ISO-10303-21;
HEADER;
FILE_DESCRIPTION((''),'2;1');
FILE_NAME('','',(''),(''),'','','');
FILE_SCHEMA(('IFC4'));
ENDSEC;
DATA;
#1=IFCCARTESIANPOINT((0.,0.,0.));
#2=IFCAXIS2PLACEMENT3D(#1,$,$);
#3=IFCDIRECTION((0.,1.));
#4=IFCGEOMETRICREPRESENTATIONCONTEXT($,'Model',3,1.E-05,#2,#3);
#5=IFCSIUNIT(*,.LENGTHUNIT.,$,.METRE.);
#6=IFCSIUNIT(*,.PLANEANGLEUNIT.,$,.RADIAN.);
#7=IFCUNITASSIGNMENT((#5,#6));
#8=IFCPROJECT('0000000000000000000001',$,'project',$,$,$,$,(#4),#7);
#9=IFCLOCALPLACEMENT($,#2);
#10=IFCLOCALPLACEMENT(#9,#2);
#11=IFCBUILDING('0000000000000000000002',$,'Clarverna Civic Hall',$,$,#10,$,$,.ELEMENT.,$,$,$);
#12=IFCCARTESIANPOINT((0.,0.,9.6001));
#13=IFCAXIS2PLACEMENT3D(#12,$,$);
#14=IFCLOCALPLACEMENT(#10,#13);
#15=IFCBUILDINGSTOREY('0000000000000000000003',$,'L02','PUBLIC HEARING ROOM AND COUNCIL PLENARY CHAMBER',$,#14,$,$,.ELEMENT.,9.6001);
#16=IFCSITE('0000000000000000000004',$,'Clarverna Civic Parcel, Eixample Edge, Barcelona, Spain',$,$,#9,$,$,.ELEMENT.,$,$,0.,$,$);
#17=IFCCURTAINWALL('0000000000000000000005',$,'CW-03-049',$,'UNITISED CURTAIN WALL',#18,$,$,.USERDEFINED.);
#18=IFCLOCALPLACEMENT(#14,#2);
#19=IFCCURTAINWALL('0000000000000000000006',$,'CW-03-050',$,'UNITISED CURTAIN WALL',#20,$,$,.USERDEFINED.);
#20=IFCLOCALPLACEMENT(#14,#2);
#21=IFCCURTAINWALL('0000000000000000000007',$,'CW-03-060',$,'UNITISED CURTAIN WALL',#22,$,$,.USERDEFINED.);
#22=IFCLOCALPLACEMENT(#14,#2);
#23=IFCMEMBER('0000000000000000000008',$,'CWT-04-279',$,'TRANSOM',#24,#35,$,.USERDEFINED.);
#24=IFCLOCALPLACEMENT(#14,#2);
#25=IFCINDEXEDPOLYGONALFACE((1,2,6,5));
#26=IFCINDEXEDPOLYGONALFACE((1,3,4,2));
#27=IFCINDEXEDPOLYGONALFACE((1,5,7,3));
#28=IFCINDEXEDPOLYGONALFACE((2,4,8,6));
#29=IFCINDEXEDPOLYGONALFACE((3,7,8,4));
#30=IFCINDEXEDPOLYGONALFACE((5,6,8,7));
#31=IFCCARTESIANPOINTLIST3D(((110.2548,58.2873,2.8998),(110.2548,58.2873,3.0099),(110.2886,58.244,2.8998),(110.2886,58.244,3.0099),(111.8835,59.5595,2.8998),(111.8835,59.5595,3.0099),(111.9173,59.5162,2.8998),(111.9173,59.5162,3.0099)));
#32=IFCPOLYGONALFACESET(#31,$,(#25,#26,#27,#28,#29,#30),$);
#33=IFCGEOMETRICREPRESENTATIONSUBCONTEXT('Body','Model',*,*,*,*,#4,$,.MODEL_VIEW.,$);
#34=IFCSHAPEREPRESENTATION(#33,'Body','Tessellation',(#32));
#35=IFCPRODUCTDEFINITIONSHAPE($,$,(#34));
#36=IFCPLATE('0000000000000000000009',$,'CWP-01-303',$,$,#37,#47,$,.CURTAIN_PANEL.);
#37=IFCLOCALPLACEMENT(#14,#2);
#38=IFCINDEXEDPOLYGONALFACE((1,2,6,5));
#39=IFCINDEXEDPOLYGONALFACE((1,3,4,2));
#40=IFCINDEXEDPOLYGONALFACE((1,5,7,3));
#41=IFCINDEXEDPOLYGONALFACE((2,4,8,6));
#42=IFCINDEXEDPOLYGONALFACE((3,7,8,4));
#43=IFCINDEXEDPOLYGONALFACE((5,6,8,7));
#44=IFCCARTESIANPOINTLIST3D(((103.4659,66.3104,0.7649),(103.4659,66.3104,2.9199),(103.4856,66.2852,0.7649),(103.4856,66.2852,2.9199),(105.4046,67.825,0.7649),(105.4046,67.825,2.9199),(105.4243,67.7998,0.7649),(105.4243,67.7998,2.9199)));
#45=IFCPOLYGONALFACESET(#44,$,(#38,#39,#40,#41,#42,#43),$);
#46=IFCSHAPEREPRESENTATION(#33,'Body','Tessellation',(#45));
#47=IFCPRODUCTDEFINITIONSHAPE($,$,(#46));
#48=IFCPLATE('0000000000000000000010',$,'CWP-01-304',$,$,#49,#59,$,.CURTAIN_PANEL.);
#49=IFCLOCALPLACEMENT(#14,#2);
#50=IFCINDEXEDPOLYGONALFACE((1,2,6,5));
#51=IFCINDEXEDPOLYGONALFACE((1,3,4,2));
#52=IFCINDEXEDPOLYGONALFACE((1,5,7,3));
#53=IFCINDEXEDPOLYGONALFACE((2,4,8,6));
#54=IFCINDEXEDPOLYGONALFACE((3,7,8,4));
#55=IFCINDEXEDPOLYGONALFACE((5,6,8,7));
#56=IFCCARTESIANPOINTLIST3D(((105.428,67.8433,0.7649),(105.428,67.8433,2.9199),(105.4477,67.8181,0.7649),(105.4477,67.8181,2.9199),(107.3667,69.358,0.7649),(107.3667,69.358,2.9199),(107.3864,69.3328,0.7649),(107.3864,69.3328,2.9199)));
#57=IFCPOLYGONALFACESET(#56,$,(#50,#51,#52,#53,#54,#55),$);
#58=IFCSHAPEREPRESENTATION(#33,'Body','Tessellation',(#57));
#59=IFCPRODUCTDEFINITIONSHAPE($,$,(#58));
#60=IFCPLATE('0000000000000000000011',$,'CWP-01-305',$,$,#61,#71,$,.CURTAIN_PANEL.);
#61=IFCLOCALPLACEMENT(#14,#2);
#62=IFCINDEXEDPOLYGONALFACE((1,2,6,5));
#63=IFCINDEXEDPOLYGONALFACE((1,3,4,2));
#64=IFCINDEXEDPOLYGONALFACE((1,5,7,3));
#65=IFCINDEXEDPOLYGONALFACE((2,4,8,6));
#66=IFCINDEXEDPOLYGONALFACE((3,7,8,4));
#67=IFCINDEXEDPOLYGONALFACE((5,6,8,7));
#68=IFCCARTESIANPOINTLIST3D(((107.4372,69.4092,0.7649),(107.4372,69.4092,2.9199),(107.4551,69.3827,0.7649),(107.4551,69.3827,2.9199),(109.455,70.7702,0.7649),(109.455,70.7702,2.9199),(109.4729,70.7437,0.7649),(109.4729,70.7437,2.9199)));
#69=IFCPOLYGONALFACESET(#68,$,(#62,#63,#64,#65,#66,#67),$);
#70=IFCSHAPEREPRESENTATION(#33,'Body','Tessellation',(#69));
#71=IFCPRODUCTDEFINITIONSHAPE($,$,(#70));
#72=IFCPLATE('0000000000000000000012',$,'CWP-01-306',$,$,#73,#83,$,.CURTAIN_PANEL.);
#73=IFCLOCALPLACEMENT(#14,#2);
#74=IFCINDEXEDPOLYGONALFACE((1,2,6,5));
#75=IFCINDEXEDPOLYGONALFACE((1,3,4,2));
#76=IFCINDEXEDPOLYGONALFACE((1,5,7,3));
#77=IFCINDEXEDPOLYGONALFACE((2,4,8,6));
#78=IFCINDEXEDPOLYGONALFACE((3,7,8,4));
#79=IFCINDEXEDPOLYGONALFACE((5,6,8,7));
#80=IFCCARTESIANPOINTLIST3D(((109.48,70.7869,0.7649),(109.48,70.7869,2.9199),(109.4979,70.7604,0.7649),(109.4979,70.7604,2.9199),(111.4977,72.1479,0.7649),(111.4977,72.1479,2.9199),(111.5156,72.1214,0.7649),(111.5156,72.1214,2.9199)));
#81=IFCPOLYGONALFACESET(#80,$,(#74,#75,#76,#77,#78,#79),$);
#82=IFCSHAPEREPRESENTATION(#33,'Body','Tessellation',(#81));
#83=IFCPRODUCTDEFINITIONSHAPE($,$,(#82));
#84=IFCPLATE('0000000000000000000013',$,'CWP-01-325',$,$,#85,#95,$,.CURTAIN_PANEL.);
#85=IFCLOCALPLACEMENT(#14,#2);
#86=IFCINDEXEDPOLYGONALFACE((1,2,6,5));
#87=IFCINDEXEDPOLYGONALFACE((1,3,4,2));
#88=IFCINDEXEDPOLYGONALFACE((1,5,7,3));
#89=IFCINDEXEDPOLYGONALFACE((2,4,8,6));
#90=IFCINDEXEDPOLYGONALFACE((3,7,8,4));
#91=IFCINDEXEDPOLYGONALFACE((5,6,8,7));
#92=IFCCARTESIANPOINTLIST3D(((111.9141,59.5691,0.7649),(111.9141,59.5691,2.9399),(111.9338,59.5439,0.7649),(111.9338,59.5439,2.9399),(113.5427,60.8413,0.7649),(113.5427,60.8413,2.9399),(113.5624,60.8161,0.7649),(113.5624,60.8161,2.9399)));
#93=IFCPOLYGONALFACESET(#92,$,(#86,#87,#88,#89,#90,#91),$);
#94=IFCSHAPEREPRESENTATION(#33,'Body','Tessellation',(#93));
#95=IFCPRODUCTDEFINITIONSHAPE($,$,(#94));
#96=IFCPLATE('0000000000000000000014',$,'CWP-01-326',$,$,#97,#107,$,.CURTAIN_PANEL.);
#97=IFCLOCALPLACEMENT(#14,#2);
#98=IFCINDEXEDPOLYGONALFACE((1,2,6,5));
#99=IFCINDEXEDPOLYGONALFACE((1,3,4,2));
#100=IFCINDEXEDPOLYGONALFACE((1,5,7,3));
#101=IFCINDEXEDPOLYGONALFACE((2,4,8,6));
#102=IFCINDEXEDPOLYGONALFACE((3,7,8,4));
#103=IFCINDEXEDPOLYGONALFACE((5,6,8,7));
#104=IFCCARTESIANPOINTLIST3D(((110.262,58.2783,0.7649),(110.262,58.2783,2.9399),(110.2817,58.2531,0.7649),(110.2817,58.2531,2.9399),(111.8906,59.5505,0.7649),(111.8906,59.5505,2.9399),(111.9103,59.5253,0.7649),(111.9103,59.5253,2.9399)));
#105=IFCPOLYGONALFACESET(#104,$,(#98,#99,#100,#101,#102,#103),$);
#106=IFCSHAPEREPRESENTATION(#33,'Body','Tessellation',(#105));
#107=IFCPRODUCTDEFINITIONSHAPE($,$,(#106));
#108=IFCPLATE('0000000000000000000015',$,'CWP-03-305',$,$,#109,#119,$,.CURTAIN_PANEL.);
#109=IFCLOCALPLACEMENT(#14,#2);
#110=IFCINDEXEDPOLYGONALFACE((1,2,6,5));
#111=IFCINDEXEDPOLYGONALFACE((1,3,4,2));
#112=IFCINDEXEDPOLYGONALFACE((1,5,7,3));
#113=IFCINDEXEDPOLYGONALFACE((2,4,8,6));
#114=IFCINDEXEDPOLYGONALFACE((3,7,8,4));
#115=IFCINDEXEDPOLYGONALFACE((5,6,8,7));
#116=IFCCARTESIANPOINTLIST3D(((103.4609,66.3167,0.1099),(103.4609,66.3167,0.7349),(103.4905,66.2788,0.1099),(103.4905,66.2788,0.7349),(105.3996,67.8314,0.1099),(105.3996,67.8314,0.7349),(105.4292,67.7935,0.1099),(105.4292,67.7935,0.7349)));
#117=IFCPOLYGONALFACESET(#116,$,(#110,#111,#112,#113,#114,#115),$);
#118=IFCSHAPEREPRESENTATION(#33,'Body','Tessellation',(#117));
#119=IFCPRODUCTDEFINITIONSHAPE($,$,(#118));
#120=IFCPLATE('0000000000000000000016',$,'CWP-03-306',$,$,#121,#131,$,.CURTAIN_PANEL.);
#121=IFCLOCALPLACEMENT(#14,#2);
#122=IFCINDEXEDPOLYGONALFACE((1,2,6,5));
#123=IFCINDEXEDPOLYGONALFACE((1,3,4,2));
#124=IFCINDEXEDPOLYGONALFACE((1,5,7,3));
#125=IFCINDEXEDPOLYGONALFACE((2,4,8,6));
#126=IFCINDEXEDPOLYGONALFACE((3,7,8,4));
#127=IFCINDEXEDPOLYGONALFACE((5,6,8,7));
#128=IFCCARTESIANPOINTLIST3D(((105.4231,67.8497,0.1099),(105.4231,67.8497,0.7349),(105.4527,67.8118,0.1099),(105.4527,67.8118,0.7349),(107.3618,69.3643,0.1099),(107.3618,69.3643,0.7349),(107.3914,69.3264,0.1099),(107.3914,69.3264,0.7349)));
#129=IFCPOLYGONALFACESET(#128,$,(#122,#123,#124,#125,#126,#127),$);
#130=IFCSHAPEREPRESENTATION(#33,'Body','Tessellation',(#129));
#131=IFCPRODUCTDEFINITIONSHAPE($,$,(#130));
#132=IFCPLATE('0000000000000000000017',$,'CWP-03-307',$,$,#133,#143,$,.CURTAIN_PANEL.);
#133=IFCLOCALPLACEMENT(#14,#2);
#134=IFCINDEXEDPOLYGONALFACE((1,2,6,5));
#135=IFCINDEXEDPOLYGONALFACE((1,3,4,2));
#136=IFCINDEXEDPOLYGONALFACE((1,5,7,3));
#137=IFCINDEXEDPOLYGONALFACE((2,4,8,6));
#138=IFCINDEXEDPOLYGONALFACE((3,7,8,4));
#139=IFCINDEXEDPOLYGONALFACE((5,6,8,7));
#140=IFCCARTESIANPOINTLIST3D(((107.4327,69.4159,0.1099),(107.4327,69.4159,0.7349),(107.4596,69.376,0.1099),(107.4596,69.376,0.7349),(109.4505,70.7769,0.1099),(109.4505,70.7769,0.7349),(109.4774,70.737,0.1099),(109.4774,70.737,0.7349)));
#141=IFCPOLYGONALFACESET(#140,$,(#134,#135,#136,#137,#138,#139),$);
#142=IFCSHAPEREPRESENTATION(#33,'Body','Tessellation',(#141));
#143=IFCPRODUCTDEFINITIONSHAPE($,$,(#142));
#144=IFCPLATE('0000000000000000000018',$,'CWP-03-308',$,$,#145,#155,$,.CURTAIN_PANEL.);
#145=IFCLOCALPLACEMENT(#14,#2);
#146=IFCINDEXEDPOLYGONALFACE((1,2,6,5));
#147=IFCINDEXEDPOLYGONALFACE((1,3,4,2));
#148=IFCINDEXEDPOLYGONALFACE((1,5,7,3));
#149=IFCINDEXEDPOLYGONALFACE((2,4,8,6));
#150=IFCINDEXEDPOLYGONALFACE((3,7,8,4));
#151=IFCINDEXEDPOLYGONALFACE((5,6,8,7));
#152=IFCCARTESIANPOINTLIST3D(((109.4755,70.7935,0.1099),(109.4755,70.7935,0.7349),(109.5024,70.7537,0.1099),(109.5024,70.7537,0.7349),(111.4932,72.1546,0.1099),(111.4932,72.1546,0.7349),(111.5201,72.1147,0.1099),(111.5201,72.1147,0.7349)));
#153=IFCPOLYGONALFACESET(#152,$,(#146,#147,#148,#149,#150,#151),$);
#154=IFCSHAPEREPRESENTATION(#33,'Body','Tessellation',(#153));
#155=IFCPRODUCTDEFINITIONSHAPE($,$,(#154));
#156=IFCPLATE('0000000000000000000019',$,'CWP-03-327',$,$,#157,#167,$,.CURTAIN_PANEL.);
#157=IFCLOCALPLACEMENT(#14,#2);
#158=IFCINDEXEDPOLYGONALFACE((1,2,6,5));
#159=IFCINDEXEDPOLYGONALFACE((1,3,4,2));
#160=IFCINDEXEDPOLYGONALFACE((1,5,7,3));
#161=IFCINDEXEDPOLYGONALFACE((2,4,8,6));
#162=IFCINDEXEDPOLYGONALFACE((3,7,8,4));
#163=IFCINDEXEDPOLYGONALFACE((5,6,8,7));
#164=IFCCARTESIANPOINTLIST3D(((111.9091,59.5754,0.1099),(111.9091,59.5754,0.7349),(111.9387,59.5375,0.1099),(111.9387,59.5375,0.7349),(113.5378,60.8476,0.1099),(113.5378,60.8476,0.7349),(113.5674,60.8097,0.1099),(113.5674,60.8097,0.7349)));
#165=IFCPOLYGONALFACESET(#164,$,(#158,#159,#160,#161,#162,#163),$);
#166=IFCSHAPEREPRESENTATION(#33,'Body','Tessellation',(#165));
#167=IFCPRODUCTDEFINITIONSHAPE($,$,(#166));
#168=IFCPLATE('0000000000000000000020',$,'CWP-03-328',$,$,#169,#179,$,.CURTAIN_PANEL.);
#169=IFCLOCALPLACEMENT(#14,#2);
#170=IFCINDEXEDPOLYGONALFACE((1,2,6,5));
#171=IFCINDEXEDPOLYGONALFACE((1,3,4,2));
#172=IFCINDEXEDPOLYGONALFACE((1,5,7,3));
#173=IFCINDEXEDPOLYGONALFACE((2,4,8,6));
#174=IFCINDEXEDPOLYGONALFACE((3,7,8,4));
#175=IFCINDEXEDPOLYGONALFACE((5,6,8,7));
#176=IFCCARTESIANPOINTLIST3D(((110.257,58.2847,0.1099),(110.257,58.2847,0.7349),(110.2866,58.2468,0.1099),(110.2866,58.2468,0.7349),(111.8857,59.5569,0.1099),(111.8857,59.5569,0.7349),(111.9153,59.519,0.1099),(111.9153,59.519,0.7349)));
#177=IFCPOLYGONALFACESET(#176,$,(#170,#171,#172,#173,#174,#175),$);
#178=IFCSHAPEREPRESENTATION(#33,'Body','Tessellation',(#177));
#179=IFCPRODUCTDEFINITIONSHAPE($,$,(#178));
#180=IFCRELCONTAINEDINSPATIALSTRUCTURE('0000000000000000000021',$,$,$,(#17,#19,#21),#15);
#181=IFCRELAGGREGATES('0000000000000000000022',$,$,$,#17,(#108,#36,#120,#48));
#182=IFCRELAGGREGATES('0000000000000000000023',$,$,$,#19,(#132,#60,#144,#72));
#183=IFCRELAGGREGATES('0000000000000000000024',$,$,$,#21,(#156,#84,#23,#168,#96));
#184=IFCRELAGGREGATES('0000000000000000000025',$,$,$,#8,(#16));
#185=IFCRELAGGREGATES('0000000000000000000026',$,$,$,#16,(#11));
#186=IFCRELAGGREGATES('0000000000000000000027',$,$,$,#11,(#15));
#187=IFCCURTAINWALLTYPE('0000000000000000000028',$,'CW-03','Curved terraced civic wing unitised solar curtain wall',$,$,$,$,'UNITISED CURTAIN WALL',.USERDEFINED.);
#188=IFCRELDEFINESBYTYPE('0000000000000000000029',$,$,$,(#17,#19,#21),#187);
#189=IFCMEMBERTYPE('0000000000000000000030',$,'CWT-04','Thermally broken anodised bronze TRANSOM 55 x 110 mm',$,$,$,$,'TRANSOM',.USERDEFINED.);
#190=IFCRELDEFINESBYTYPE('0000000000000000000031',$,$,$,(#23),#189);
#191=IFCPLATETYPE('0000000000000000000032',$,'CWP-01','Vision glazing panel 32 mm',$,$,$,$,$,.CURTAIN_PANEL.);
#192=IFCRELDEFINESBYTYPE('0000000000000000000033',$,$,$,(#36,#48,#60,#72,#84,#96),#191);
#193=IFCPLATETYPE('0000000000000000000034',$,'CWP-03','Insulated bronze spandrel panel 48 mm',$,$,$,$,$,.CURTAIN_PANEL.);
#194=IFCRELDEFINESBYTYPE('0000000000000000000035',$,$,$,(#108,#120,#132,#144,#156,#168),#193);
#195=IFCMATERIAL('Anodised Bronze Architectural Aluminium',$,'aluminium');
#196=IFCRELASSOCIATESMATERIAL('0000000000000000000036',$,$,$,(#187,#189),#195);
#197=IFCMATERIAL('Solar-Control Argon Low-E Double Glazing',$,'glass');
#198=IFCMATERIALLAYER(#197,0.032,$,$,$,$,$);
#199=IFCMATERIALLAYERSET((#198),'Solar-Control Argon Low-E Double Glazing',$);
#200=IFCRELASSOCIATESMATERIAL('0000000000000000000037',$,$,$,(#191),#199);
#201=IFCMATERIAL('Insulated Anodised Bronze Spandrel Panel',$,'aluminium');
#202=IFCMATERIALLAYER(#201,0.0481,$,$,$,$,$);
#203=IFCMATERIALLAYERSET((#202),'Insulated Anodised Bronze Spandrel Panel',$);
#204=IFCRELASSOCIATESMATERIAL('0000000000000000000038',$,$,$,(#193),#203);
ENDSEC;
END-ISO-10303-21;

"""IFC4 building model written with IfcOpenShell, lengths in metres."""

from ifc_helpers import new_model, si_unit, direction, frame, frame_2d, origin, origin_2d, place, context, subcontext, project, spatial, rectangle, extrude, material, layer, layer_set, material_profile, profile_set, type_object, element, aggregate, save


model = new_model("IFC4")

# Units and contexts
model_context = context("Model", 3, precision=1e-05, world=origin(), true_north=direction((0.0, 1.0)))
body_context = subcontext(model_context, "Body", "Model", "MODEL_VIEW")
ifc_project = project(units=[si_unit("LENGTHUNIT", "METRE"), si_unit("PLANEANGLEUNIT", "RADIAN")], contexts=[model_context])

# Site, building, storey
site_placement = place(None, origin())
site = spatial("IfcSite", under=ifc_project, at=site_placement, Name="Clarverna Civic Parcel, Eixample Edge, Barcelona, Spain", CompositionType="ELEMENT", RefElevation=0.0)
building_placement = place(site_placement, origin())
building = spatial("IfcBuilding", under=site, at=building_placement, Name="Clarverna Civic Hall", CompositionType="ELEMENT")
storey_placement = place(building_placement, frame((0.0, 0.0, 9.6001)))
storey = spatial("IfcBuildingStorey", under=building, at=storey_placement, Name="L02", Description="PUBLIC HEARING ROOM AND COUNCIL PLENARY CHAMBER", CompositionType="ELEMENT", Elevation=9.6001)

# Curtain walls
ifc_material_1 = material(Name="Anodised Bronze Architectural Aluminium", Category="aluminium")
curtain_wall_type = type_object("IfcCurtainWallType", Name="CW-03", Description="Curved terraced civic wing unitised solar curtain wall", ElementType="UNITISED CURTAIN WALL", PredefinedType="USERDEFINED", material=ifc_material_1)
curtain_wall_1_placement = place(storey_placement, origin())
curtain_wall_1 = element("IfcCurtainWall", 1, at=curtain_wall_1_placement, inside=storey, type_object=curtain_wall_type, Name="CW-03-049", ObjectType="UNITISED CURTAIN WALL", PredefinedType="USERDEFINED")
curtain_wall_2_placement = place(storey_placement, origin())
curtain_wall_2 = element("IfcCurtainWall", 2, at=curtain_wall_2_placement, inside=storey, type_object=curtain_wall_type, Name="CW-03-050", ObjectType="UNITISED CURTAIN WALL", PredefinedType="USERDEFINED")

# Curtain wall
curtain_wall_3_placement = place(storey_placement, origin())
curtain_wall_3 = element("IfcCurtainWall", 3, at=curtain_wall_3_placement, inside=storey, type_object=curtain_wall_type, Name="CW-03-060", ObjectType="UNITISED CURTAIN WALL", PredefinedType="USERDEFINED")

# Member
ifc_material_profile_1 = material_profile(ifc_material_1, rectangle(XDim=0.0549, YDim=0.1101, at=origin_2d()), Name="BRONZE 55x110")
ifc_profile_set_1 = profile_set([ifc_material_profile_1], Name="Anodised Bronze Architectural Aluminium")
member_type_1 = type_object("IfcMemberType", Name="CWT-04", Description="Thermally broken anodised bronze TRANSOM 55 x 110 mm", ElementType="TRANSOM", PredefinedType="USERDEFINED", material=ifc_profile_set_1)
member_1_placement = place(storey_placement, frame((111.9004, 59.5378, 2.9548), z_axis=(-0.788066, -0.615591, 0.0), x_axis=(0.615591, -0.788066, 0.0)))
member_1 = element("IfcMember", 4, at=member_1_placement, type_object=member_type_1, Name="CWT-04-279", ObjectType="TRANSOM", PredefinedType="USERDEFINED", context=body_context, shape_type="SweptSolid", body=[
    extrude(rectangle(XDim=0.0549, YDim=0.1101, at=origin_2d()), origin(), (0.0, 0.0, 1.0), 2.0667),
])

# Plates
ifc_material_2 = material(Name="Solar-Control Argon Low-E Double Glazing", Category="glass")
ifc_layer_1 = layer(ifc_material_2, 0.032)
ifc_layer_set_1 = layer_set([ifc_layer_1], Name="Solar-Control Argon Low-E Double Glazing")
plate_type_1 = type_object("IfcPlateType", Name="CWP-01", Description="Vision glazing panel 32 mm", PredefinedType="CURTAIN_PANEL", material=ifc_layer_set_1)
plate_1_placement = place(storey_placement, frame((103.4758, 66.2979, 0.7649), z_axis=(0.0, 0.0, 1.0), x_axis=(0.78802, 0.61565, 0.0)))
plate_1 = element("IfcPlate", 5, at=plate_1_placement, type_object=plate_type_1, Name="CWP-01-303", PredefinedType="CURTAIN_PANEL", context=body_context, shape_type="SweptSolid", body=[
    extrude(rectangle(XDim=2.4602, YDim=0.032, at=frame_2d((1.23, 0.0))), origin(), (0.0, 0.0, 1.0), 2.155),
])
plate_2_placement = place(storey_placement, frame((105.438, 67.8308, 0.7649), z_axis=(0.0, 0.0, 1.0), x_axis=(0.78802, 0.61565, 0.0)))
plate_2 = element("IfcPlate", 6, at=plate_2_placement, type_object=plate_type_1, Name="CWP-01-304", PredefinedType="CURTAIN_PANEL", context=body_context, shape_type="SweptSolid", body=[
    extrude(rectangle(XDim=2.4602, YDim=0.032, at=frame_2d((1.23, 0.0))), origin(), (0.0, 0.0, 1.0), 2.155),
])
plate_3_placement = place(storey_placement, frame((107.4463, 69.396, 0.7649), z_axis=(0.0, 0.0, 1.0), x_axis=(0.829029, 0.559206, 0.0)))
plate_3 = element("IfcPlate", 7, at=plate_3_placement, type_object=plate_type_1, Name="CWP-01-305", PredefinedType="CURTAIN_PANEL", context=body_context, shape_type="SweptSolid", body=[
    extrude(rectangle(XDim=2.4338, YDim=0.032, at=frame_2d((1.2168, 0.0))), origin(), (0.0, 0.0, 1.0), 2.155),
])
plate_4_placement = place(storey_placement, frame((109.489, 70.7737, 0.7649), z_axis=(0.0, 0.0, 1.0), x_axis=(0.829029, 0.559206, 0.0)))
plate_4 = element("IfcPlate", 8, at=plate_4_placement, type_object=plate_type_1, Name="CWP-01-306", PredefinedType="CURTAIN_PANEL", context=body_context, shape_type="SweptSolid", body=[
    extrude(rectangle(XDim=2.4338, YDim=0.032, at=frame_2d((1.2168, 0.0))), origin(), (0.0, 0.0, 1.0), 2.155),
])
plate_5_placement = place(storey_placement, frame((113.5525, 60.8286, 0.7649), z_axis=(0.0, 0.0, 1.0), x_axis=(-0.788066, -0.615591, 0.0)))
plate_5 = element("IfcPlate", 9, at=plate_5_placement, type_object=plate_type_1, Name="CWP-01-325", PredefinedType="CURTAIN_PANEL", context=body_context, shape_type="SweptSolid", body=[
    extrude(rectangle(XDim=2.0667, YDim=0.032, at=frame_2d((1.0332, 0.0))), origin(), (0.0, 0.0, 1.0), 2.175),
])
plate_6_placement = place(storey_placement, frame((111.9004, 59.5378, 0.7649), z_axis=(0.0, 0.0, 1.0), x_axis=(-0.788066, -0.615591, 0.0)))
plate_6 = element("IfcPlate", 10, at=plate_6_placement, type_object=plate_type_1, Name="CWP-01-326", PredefinedType="CURTAIN_PANEL", context=body_context, shape_type="SweptSolid", body=[
    extrude(rectangle(XDim=2.0667, YDim=0.032, at=frame_2d((1.0332, 0.0))), origin(), (0.0, 0.0, 1.0), 2.175),
])
ifc_material_3 = material(Name="Insulated Anodised Bronze Spandrel Panel", Category="aluminium")
ifc_layer_2 = layer(ifc_material_3, 0.0481)
ifc_layer_set_2 = layer_set([ifc_layer_2], Name="Insulated Anodised Bronze Spandrel Panel")
plate_type_2 = type_object("IfcPlateType", Name="CWP-03", Description="Insulated bronze spandrel panel 48 mm", PredefinedType="CURTAIN_PANEL", material=ifc_layer_set_2)
plate_7_placement = place(storey_placement, frame((103.4758, 66.2979, 0.1099), z_axis=(0.0, 0.0, 1.0), x_axis=(0.78802, 0.61565, 0.0)))
plate_7 = element("IfcPlate", 11, at=plate_7_placement, type_object=plate_type_2, Name="CWP-03-305", PredefinedType="CURTAIN_PANEL", context=body_context, shape_type="SweptSolid", body=[
    extrude(rectangle(XDim=2.4602, YDim=0.0481, at=frame_2d((1.23, 0.0))), origin(), (0.0, 0.0, 1.0), 0.625),
])
plate_8_placement = place(storey_placement, frame((105.438, 67.8308, 0.1099), z_axis=(0.0, 0.0, 1.0), x_axis=(0.78802, 0.61565, 0.0)))
plate_8 = element("IfcPlate", 12, at=plate_8_placement, type_object=plate_type_2, Name="CWP-03-306", PredefinedType="CURTAIN_PANEL", context=body_context, shape_type="SweptSolid", body=[
    extrude(rectangle(XDim=2.4602, YDim=0.0481, at=frame_2d((1.23, 0.0))), origin(), (0.0, 0.0, 1.0), 0.625),
])
aggregate(curtain_wall_1, [plate_7, plate_1, plate_8, plate_2])
plate_9_placement = place(storey_placement, frame((107.4463, 69.396, 0.1099), z_axis=(0.0, 0.0, 1.0), x_axis=(0.829029, 0.559206, 0.0)))
plate_9 = element("IfcPlate", 13, at=plate_9_placement, type_object=plate_type_2, Name="CWP-03-307", PredefinedType="CURTAIN_PANEL", context=body_context, shape_type="SweptSolid", body=[
    extrude(rectangle(XDim=2.4338, YDim=0.0481, at=frame_2d((1.2168, 0.0))), origin(), (0.0, 0.0, 1.0), 0.625),
])
plate_10_placement = place(storey_placement, frame((109.489, 70.7737, 0.1099), z_axis=(0.0, 0.0, 1.0), x_axis=(0.829029, 0.559206, 0.0)))
plate_10 = element("IfcPlate", 14, at=plate_10_placement, type_object=plate_type_2, Name="CWP-03-308", PredefinedType="CURTAIN_PANEL", context=body_context, shape_type="SweptSolid", body=[
    extrude(rectangle(XDim=2.4338, YDim=0.0481, at=frame_2d((1.2168, 0.0))), origin(), (0.0, 0.0, 1.0), 0.625),
])
aggregate(curtain_wall_2, [plate_9, plate_3, plate_10, plate_4])
plate_11_placement = place(storey_placement, frame((113.5525, 60.8286, 0.1099), z_axis=(0.0, 0.0, 1.0), x_axis=(-0.788066, -0.615591, 0.0)))
plate_11 = element("IfcPlate", 15, at=plate_11_placement, type_object=plate_type_2, Name="CWP-03-327", PredefinedType="CURTAIN_PANEL", context=body_context, shape_type="SweptSolid", body=[
    extrude(rectangle(XDim=2.0667, YDim=0.0481, at=frame_2d((1.0332, 0.0))), origin(), (0.0, 0.0, 1.0), 0.625),
])
plate_12_placement = place(storey_placement, frame((111.9004, 59.5378, 0.1099), z_axis=(0.0, 0.0, 1.0), x_axis=(-0.788066, -0.615591, 0.0)))
plate_12 = element("IfcPlate", 16, at=plate_12_placement, type_object=plate_type_2, Name="CWP-03-328", PredefinedType="CURTAIN_PANEL", context=body_context, shape_type="SweptSolid", body=[
    extrude(rectangle(XDim=2.0667, YDim=0.0481, at=frame_2d((1.0332, 0.0))), origin(), (0.0, 0.0, 1.0), 0.625),
])
aggregate(curtain_wall_3, [plate_11, plate_5, member_1, plate_12, plate_6])

save(model, "model.ifc")
